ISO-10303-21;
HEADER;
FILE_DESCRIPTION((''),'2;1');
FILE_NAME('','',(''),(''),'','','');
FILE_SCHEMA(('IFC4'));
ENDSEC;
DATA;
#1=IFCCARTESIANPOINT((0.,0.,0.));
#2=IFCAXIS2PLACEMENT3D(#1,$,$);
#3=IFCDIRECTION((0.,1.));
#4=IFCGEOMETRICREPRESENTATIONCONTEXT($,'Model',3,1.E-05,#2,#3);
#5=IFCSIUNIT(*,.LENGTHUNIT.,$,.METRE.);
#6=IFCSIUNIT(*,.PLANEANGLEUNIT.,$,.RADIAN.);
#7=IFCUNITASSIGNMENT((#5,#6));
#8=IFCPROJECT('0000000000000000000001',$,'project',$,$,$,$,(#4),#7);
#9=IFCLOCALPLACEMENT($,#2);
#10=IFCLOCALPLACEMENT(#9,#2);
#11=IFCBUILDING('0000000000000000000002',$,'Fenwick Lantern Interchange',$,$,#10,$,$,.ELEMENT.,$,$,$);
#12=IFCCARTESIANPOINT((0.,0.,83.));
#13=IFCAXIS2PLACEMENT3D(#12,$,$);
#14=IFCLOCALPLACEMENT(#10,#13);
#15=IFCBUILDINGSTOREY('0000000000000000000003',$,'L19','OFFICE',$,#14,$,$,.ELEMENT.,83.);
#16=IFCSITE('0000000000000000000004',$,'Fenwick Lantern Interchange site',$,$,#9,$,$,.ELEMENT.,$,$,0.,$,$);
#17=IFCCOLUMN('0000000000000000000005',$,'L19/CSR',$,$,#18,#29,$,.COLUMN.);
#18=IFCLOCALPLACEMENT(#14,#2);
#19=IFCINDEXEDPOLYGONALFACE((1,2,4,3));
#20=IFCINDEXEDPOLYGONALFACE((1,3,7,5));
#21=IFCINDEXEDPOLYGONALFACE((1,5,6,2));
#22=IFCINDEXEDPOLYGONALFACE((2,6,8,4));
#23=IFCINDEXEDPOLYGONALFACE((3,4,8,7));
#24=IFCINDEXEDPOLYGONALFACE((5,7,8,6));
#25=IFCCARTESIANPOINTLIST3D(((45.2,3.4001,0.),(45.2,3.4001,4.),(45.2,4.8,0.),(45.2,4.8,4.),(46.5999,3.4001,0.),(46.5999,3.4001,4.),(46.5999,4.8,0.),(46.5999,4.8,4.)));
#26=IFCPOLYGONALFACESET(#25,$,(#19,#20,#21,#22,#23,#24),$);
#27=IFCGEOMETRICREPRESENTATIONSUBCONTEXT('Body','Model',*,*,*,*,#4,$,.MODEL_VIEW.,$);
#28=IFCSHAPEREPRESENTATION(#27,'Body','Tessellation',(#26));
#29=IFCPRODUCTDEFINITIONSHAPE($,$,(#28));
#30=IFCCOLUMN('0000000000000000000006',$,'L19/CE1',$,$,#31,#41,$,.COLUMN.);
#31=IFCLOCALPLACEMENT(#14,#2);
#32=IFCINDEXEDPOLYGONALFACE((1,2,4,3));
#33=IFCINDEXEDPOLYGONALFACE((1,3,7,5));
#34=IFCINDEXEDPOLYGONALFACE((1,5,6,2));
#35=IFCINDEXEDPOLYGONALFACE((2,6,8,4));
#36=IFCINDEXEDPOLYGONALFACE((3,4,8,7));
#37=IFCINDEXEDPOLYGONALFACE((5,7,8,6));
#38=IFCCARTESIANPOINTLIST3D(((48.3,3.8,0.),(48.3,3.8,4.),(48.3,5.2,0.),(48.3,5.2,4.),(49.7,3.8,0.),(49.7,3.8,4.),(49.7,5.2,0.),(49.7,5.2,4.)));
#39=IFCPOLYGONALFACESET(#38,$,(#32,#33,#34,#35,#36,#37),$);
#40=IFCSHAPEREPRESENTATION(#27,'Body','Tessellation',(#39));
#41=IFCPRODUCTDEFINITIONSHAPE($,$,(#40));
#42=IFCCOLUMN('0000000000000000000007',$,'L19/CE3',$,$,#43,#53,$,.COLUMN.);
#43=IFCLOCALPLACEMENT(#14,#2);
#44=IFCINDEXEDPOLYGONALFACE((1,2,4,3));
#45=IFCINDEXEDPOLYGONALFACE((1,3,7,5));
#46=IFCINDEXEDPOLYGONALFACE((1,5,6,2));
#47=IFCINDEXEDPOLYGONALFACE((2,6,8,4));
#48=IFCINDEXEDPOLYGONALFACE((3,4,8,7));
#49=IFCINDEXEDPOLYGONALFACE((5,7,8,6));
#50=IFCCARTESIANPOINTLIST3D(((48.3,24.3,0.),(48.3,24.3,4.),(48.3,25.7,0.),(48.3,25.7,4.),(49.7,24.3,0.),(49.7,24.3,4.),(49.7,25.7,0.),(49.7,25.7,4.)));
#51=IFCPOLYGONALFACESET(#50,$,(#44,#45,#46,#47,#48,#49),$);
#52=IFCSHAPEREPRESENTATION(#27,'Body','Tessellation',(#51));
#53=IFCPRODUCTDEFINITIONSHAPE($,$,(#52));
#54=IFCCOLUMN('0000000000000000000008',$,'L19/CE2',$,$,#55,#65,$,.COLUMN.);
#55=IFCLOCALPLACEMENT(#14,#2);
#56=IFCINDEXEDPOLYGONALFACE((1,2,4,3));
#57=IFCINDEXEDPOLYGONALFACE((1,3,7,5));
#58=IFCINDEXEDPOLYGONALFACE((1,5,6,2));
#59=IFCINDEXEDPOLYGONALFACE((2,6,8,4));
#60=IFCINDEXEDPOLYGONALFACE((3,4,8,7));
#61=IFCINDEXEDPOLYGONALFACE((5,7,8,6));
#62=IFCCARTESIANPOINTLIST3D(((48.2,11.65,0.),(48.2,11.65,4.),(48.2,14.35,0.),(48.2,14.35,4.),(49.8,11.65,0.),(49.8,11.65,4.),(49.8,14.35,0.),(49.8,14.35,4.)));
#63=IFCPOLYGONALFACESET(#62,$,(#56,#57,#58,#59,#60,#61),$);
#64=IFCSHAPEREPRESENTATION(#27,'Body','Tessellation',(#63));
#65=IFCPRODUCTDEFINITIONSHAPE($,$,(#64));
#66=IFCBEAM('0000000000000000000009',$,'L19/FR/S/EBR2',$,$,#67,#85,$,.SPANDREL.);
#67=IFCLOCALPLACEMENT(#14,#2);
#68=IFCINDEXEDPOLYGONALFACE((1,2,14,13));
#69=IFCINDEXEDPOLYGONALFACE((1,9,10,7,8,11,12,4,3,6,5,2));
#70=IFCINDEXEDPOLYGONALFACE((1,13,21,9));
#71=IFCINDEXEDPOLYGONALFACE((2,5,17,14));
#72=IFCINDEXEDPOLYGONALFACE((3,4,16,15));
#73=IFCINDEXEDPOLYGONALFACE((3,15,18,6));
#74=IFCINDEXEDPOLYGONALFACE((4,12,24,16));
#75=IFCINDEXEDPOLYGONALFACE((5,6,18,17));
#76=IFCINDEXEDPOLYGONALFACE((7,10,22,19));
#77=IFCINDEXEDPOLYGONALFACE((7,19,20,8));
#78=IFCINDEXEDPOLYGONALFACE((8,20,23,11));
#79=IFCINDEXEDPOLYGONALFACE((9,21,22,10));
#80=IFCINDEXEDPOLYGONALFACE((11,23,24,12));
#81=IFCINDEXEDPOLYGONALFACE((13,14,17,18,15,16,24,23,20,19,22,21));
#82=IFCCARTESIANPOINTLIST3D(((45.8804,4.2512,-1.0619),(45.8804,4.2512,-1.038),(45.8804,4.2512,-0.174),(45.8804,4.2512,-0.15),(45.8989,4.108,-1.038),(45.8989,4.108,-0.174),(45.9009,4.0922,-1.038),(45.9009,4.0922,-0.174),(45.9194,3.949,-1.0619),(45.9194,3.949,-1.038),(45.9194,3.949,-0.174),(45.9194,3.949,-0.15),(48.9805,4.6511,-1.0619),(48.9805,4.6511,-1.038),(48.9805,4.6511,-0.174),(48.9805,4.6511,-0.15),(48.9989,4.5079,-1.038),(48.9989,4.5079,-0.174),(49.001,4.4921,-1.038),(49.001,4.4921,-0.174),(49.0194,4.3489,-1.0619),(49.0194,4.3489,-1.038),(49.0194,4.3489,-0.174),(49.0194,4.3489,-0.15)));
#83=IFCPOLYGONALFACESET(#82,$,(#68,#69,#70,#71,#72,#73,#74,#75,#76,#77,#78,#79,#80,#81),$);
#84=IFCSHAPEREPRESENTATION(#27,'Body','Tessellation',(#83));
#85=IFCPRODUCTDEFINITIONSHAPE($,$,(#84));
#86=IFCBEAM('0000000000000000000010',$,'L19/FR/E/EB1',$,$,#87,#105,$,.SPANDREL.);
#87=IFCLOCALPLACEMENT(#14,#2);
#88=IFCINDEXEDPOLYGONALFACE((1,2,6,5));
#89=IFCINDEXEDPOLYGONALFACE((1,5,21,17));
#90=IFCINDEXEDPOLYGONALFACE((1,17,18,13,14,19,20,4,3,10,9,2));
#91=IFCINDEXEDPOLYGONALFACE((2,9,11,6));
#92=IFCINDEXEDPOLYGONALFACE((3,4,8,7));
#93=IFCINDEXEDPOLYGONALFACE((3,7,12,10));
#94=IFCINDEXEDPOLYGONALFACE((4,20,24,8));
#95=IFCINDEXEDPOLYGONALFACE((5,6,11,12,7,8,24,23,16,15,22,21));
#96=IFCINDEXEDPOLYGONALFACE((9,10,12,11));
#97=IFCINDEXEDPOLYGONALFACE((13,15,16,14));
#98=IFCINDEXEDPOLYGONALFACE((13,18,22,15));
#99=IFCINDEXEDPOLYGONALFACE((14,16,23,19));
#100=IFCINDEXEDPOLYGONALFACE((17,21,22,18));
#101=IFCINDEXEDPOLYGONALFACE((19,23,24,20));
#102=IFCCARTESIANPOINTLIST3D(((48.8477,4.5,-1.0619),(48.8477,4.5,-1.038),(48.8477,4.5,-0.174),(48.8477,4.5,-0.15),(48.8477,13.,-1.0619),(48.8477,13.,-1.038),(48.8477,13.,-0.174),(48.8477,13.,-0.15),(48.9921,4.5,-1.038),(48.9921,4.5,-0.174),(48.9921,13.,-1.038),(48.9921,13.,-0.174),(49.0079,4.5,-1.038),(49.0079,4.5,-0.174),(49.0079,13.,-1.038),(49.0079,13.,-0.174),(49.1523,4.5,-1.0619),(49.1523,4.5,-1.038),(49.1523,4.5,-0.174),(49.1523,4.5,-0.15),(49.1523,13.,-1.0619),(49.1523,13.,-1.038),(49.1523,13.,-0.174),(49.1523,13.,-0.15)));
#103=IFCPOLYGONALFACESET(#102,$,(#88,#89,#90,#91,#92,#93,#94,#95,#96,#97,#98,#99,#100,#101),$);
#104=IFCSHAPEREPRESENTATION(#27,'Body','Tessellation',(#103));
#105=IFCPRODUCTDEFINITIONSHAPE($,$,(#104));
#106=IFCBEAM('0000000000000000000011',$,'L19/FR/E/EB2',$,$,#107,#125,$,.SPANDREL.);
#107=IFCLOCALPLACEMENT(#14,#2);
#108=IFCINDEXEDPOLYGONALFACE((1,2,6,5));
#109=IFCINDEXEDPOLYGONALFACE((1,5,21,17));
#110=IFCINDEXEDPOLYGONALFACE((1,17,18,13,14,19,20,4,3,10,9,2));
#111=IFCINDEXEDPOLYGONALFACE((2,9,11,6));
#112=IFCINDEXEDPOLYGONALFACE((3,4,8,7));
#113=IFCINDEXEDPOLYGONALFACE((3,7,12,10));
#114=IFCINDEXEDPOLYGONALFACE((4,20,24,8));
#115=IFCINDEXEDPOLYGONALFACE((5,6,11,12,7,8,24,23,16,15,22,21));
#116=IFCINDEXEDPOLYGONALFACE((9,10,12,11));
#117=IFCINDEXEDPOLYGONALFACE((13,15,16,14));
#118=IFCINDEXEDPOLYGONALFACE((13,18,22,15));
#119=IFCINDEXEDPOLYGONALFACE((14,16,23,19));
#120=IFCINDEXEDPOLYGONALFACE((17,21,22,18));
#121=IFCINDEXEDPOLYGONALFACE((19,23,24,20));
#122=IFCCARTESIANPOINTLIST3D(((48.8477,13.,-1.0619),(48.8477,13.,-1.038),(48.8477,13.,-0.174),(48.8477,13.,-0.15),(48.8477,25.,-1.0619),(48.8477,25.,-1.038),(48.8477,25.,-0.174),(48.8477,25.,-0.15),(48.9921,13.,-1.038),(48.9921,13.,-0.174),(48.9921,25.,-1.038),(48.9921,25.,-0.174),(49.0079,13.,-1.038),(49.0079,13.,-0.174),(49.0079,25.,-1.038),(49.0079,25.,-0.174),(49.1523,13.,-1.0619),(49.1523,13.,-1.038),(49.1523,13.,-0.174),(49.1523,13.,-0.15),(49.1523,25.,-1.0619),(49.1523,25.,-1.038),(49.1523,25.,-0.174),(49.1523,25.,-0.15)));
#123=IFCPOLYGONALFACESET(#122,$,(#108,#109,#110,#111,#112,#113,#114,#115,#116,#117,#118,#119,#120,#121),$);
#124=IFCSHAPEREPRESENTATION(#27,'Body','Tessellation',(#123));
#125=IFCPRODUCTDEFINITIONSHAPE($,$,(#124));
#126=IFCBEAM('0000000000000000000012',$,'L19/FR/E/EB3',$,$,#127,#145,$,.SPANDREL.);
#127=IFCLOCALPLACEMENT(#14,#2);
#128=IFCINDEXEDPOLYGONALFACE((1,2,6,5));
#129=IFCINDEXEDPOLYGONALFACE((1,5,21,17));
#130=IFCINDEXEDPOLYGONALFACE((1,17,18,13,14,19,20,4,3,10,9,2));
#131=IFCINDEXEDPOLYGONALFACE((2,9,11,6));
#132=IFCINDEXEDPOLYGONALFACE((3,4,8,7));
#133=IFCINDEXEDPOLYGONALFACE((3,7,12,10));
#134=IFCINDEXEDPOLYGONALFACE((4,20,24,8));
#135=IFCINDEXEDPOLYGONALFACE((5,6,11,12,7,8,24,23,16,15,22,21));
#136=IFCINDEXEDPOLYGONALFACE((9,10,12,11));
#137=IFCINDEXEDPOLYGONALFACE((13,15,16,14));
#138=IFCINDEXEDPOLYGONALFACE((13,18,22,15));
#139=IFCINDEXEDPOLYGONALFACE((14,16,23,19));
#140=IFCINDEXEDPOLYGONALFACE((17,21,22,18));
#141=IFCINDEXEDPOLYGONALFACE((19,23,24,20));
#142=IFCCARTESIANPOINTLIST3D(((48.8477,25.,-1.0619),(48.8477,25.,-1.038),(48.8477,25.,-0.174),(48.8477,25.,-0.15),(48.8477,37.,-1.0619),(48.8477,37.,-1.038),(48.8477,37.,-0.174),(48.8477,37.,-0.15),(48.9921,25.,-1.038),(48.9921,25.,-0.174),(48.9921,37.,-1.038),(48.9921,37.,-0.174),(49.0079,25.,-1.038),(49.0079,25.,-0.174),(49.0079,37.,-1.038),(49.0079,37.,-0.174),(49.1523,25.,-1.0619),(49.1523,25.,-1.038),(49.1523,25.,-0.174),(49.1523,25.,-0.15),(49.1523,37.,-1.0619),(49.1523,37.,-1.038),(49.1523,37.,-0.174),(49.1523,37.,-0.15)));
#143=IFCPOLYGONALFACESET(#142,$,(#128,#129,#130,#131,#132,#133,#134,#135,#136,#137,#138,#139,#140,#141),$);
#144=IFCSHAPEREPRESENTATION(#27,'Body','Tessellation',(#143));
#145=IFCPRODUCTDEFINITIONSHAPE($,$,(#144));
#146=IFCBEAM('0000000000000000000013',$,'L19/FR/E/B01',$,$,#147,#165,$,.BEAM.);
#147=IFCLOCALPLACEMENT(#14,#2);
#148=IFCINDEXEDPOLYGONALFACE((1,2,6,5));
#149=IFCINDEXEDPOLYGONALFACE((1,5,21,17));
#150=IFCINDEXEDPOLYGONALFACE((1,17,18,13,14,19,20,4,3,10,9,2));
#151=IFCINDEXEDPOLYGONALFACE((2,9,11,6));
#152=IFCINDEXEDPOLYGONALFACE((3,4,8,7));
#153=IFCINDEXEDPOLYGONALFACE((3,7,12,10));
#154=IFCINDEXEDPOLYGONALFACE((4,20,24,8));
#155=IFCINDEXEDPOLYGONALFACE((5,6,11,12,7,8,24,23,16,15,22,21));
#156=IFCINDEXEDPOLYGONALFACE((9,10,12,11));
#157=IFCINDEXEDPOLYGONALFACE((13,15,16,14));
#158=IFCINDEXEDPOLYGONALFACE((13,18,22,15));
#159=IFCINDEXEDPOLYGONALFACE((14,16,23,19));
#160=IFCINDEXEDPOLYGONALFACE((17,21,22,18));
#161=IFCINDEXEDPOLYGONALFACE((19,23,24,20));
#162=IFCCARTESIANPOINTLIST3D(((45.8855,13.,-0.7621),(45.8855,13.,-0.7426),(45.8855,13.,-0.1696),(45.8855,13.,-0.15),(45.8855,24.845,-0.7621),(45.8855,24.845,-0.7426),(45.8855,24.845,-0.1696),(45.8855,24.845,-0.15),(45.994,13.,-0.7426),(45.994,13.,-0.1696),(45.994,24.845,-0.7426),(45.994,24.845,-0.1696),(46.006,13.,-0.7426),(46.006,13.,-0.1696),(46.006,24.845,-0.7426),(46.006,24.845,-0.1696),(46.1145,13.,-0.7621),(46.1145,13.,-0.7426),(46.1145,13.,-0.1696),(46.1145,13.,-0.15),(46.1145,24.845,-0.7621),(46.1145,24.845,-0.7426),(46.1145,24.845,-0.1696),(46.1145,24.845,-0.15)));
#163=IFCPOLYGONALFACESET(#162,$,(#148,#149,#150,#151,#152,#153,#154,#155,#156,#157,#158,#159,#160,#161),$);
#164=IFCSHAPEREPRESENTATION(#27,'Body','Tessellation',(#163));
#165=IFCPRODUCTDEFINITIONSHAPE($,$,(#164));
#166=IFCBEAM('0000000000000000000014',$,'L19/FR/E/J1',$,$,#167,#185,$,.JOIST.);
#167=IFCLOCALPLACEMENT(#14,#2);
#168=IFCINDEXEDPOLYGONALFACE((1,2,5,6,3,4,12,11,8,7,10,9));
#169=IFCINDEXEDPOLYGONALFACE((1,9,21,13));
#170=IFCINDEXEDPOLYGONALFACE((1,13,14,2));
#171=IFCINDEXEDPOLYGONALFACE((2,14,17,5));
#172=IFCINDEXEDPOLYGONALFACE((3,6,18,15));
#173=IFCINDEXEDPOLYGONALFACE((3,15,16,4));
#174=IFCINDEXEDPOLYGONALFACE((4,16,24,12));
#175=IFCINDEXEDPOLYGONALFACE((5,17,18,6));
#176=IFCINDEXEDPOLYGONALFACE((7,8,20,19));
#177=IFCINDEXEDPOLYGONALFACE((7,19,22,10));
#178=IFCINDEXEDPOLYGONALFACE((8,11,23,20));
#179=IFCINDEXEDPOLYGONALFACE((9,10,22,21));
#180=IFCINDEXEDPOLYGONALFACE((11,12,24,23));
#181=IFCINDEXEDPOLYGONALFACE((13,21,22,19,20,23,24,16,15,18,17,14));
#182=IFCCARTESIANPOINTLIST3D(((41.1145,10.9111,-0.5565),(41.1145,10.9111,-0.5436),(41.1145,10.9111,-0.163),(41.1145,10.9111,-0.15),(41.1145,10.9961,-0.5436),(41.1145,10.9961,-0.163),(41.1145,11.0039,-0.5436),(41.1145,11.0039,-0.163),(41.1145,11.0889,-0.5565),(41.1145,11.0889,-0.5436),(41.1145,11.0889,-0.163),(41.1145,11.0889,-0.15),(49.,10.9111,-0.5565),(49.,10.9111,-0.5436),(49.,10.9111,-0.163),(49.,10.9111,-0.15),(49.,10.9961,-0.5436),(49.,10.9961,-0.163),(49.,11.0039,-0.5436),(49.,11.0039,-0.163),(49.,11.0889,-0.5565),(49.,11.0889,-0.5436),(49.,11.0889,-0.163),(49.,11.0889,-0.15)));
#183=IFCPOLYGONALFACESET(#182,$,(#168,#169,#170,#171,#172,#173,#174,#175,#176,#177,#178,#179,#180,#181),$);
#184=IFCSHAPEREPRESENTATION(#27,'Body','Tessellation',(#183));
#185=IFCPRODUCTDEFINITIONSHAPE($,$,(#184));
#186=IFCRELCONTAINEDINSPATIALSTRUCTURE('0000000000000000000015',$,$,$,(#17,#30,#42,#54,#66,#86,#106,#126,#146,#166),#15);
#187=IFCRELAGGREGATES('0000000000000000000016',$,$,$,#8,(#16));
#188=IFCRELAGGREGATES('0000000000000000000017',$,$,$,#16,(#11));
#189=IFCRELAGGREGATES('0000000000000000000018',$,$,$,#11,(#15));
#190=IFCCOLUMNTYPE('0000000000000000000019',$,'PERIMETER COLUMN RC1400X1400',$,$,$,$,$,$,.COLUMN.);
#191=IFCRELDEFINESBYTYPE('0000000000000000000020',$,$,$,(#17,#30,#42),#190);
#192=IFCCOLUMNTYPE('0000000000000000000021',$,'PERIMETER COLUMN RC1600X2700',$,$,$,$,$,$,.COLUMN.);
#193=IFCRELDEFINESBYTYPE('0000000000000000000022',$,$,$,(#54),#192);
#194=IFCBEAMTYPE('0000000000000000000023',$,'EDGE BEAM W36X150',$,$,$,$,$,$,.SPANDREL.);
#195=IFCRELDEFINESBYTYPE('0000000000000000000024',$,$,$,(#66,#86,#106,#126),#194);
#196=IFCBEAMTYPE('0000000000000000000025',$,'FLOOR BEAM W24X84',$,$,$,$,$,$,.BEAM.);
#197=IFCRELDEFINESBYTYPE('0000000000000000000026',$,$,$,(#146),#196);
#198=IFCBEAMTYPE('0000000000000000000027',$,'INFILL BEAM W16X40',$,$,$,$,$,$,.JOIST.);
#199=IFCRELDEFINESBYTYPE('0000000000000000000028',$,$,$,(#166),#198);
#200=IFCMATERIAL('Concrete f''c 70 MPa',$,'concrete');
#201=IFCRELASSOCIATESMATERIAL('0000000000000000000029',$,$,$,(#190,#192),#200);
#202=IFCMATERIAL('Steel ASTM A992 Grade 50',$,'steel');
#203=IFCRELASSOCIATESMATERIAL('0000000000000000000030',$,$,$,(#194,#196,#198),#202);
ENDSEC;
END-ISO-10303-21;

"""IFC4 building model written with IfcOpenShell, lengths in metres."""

from ifc_helpers import new_model, si_unit, direction, frame, origin, origin_2d, place, context, subcontext, project, spatial, rectangle, i_section, extrude, material, material_profile, profile_set, type_object, element, save


model = new_model("IFC4")

# Units and contexts
model_context = context("Model", 3, precision=1e-05, world=origin(), true_north=direction((0.0, 1.0)))
body_context = subcontext(model_context, "Body", "Model", "MODEL_VIEW")
ifc_project = project(units=[si_unit("LENGTHUNIT", "METRE"), si_unit("PLANEANGLEUNIT", "RADIAN")], contexts=[model_context])

# Site, building, storey
site_placement = place(None, origin())
site = spatial("IfcSite", under=ifc_project, at=site_placement, Name="Fenwick Lantern Interchange site", CompositionType="ELEMENT", RefElevation=0.0)
building_placement = place(site_placement, origin())
building = spatial("IfcBuilding", under=site, at=building_placement, Name="Fenwick Lantern Interchange", CompositionType="ELEMENT")
storey_placement = place(building_placement, frame((0.0, 0.0, 83.0)))
storey = spatial("IfcBuildingStorey", under=building, at=storey_placement, Name="L19", Description="OFFICE", CompositionType="ELEMENT", Elevation=83.0)

# Columns
ifc_material_1 = material(Name="Concrete f'c 70 MPa", Category="concrete")
ifc_material_profile_1 = material_profile(ifc_material_1, rectangle(XDim=1.3999, YDim=1.3999, at=origin_2d()), Name="RC1400X1400")
ifc_profile_set_1 = profile_set([ifc_material_profile_1], Name="Concrete f'c 70 MPa")
column_type_1 = type_object("IfcColumnType", Name="PERIMETER COLUMN RC1400X1400", PredefinedType="COLUMN", material=ifc_profile_set_1)
for number, where, z_axis, x_axis, name in (
    (1, (45.8999, 4.1001, 0.0), (0.0, 0.0, 1.0), (1.0, 0.0, 0.0), "L19/CSR"),
    (2, (49.0, 4.5, 0.0), (0.0, 0.0, 1.0), (1.0, 0.0, 0.0), "L19/CE1"),
    (3, (49.0, 25.0, 0.0), (0.0, 0.0, 1.0), (1.0, 0.0, 0.0), "L19/CE3"),
):
    element("IfcColumn", number, at=place(storey_placement, frame(where, z_axis=z_axis, x_axis=x_axis)), inside=storey, type_object=column_type_1, Name=name, PredefinedType="COLUMN", context=body_context, shape_type="SweptSolid", body=[
        extrude(rectangle(XDim=1.3999, YDim=1.3999, at=origin_2d()), origin(), (0.0, 0.0, 1.0), 4.0),
    ])
ifc_material_profile_2 = material_profile(ifc_material_1, rectangle(XDim=1.6001, YDim=2.7, at=origin_2d()), Name="RC1600X2700")
ifc_profile_set_2 = profile_set([ifc_material_profile_2], Name="Concrete f'c 70 MPa")
column_type_2 = type_object("IfcColumnType", Name="PERIMETER COLUMN RC1600X2700", PredefinedType="COLUMN", material=ifc_profile_set_2)
column_placement = place(storey_placement, frame((49.0, 13.0, 0.0), z_axis=(0.0, 0.0, 1.0), x_axis=(1.0, 0.0, 0.0)))
element("IfcColumn", 4, at=column_placement, inside=storey, type_object=column_type_2, Name="L19/CE2", PredefinedType="COLUMN", context=body_context, shape_type="SweptSolid", body=[
    extrude(rectangle(XDim=1.6001, YDim=2.7, at=origin_2d()), origin(), (0.0, 0.0, 1.0), 4.0),
])

# Beams
ifc_material_2 = material(Name="Steel ASTM A992 Grade 50", Category="steel")
ifc_material_profile_3 = material_profile(ifc_material_2, i_section(OverallWidth=0.3047, OverallDepth=0.9119, WebThickness=0.0159, FlangeThickness=0.0239, at=origin_2d()), Name="W36X150")
ifc_profile_set_3 = profile_set([ifc_material_profile_3], Name="Steel ASTM A992 Grade 50")
beam_type_1 = type_object("IfcBeamType", Name="EDGE BEAM W36X150", PredefinedType="SPANDREL", material=ifc_profile_set_3)
beam_1_placement = place(storey_placement, frame((45.8999, 4.1001, -0.606), z_axis=(0.991782, 0.127937, 0.0), x_axis=(-0.127937, 0.991782, 0.0)))
element("IfcBeam", 5, at=beam_1_placement, inside=storey, type_object=beam_type_1, Name="L19/FR/S/EBR2", PredefinedType="SPANDREL", context=body_context, shape_type="SweptSolid", body=[
    extrude(i_section(OverallWidth=0.3047, OverallDepth=0.9119, WebThickness=0.0159, FlangeThickness=0.0239, at=origin_2d()), origin(), (0.0, 0.0, 1.0), 3.1257),
])
beam_2_placement = place(storey_placement, frame((49.0, 4.5, -0.606), z_axis=(0.0, 1.0, 0.0), x_axis=(-1.0, 0.0, 0.0)))
element("IfcBeam", 6, at=beam_2_placement, inside=storey, type_object=beam_type_1, Name="L19/FR/E/EB1", PredefinedType="SPANDREL", context=body_context, shape_type="SweptSolid", body=[
    extrude(i_section(OverallWidth=0.3047, OverallDepth=0.9119, WebThickness=0.0159, FlangeThickness=0.0239, at=origin_2d()), origin(), (0.0, 0.0, 1.0), 8.5),
])
for number, where, z_axis, x_axis, name in (
    (7, (49.0, 13.0, -0.606), (0.0, 1.0, 0.0), (-1.0, 0.0, 0.0), "L19/FR/E/EB2"),
    (8, (49.0, 25.0, -0.606), (0.0, 1.0, 0.0), (-1.0, 0.0, 0.0), "L19/FR/E/EB3"),
):
    element("IfcBeam", number, at=place(storey_placement, frame(where, z_axis=z_axis, x_axis=x_axis)), inside=storey, type_object=beam_type_1, Name=name, PredefinedType="SPANDREL", context=body_context, shape_type="SweptSolid", body=[
        extrude(i_section(OverallWidth=0.3047, OverallDepth=0.9119, WebThickness=0.0159, FlangeThickness=0.0239, at=origin_2d()), origin(), (0.0, 0.0, 1.0), 12.0),
    ])
ifc_material_profile_4 = material_profile(ifc_material_2, i_section(OverallWidth=0.229, OverallDepth=0.6121, WebThickness=0.012, FlangeThickness=0.0195, at=origin_2d()), Name="W24X84")
ifc_profile_set_4 = profile_set([ifc_material_profile_4], Name="Steel ASTM A992 Grade 50")
beam_type_2 = type_object("IfcBeamType", Name="FLOOR BEAM W24X84", PredefinedType="BEAM", material=ifc_profile_set_4)
beam_3_placement = place(storey_placement, frame((46.0, 13.0, -0.4561), z_axis=(0.0, 1.0, 0.0), x_axis=(-1.0, 0.0, 0.0)))
element("IfcBeam", 9, at=beam_3_placement, inside=storey, type_object=beam_type_2, Name="L19/FR/E/B01", PredefinedType="BEAM", context=body_context, shape_type="SweptSolid", body=[
    extrude(i_section(OverallWidth=0.229, OverallDepth=0.6121, WebThickness=0.012, FlangeThickness=0.0195, at=origin_2d()), origin(), (0.0, 0.0, 1.0), 11.845),
])
ifc_material_profile_5 = material_profile(ifc_material_2, i_section(OverallWidth=0.1777, OverallDepth=0.4065, WebThickness=0.0078, FlangeThickness=0.0129, at=origin_2d()), Name="W16X40")
ifc_profile_set_5 = profile_set([ifc_material_profile_5], Name="Steel ASTM A992 Grade 50")
beam_type_3 = type_object("IfcBeamType", Name="INFILL BEAM W16X40", PredefinedType="JOIST", material=ifc_profile_set_5)
beam_4_placement = place(storey_placement, frame((49.0, 11.0, -0.3533), z_axis=(-1.0, 0.0, 0.0), x_axis=(0.0, -1.0, 0.0)))
element("IfcBeam", 10, at=beam_4_placement, inside=storey, type_object=beam_type_3, Name="L19/FR/E/J1", PredefinedType="JOIST", context=body_context, shape_type="SweptSolid", body=[
    extrude(i_section(OverallWidth=0.1777, OverallDepth=0.4065, WebThickness=0.0078, FlangeThickness=0.0129, at=origin_2d()), origin(), (0.0, 0.0, 1.0), 7.8855),
])

save(model, "model.ifc")
